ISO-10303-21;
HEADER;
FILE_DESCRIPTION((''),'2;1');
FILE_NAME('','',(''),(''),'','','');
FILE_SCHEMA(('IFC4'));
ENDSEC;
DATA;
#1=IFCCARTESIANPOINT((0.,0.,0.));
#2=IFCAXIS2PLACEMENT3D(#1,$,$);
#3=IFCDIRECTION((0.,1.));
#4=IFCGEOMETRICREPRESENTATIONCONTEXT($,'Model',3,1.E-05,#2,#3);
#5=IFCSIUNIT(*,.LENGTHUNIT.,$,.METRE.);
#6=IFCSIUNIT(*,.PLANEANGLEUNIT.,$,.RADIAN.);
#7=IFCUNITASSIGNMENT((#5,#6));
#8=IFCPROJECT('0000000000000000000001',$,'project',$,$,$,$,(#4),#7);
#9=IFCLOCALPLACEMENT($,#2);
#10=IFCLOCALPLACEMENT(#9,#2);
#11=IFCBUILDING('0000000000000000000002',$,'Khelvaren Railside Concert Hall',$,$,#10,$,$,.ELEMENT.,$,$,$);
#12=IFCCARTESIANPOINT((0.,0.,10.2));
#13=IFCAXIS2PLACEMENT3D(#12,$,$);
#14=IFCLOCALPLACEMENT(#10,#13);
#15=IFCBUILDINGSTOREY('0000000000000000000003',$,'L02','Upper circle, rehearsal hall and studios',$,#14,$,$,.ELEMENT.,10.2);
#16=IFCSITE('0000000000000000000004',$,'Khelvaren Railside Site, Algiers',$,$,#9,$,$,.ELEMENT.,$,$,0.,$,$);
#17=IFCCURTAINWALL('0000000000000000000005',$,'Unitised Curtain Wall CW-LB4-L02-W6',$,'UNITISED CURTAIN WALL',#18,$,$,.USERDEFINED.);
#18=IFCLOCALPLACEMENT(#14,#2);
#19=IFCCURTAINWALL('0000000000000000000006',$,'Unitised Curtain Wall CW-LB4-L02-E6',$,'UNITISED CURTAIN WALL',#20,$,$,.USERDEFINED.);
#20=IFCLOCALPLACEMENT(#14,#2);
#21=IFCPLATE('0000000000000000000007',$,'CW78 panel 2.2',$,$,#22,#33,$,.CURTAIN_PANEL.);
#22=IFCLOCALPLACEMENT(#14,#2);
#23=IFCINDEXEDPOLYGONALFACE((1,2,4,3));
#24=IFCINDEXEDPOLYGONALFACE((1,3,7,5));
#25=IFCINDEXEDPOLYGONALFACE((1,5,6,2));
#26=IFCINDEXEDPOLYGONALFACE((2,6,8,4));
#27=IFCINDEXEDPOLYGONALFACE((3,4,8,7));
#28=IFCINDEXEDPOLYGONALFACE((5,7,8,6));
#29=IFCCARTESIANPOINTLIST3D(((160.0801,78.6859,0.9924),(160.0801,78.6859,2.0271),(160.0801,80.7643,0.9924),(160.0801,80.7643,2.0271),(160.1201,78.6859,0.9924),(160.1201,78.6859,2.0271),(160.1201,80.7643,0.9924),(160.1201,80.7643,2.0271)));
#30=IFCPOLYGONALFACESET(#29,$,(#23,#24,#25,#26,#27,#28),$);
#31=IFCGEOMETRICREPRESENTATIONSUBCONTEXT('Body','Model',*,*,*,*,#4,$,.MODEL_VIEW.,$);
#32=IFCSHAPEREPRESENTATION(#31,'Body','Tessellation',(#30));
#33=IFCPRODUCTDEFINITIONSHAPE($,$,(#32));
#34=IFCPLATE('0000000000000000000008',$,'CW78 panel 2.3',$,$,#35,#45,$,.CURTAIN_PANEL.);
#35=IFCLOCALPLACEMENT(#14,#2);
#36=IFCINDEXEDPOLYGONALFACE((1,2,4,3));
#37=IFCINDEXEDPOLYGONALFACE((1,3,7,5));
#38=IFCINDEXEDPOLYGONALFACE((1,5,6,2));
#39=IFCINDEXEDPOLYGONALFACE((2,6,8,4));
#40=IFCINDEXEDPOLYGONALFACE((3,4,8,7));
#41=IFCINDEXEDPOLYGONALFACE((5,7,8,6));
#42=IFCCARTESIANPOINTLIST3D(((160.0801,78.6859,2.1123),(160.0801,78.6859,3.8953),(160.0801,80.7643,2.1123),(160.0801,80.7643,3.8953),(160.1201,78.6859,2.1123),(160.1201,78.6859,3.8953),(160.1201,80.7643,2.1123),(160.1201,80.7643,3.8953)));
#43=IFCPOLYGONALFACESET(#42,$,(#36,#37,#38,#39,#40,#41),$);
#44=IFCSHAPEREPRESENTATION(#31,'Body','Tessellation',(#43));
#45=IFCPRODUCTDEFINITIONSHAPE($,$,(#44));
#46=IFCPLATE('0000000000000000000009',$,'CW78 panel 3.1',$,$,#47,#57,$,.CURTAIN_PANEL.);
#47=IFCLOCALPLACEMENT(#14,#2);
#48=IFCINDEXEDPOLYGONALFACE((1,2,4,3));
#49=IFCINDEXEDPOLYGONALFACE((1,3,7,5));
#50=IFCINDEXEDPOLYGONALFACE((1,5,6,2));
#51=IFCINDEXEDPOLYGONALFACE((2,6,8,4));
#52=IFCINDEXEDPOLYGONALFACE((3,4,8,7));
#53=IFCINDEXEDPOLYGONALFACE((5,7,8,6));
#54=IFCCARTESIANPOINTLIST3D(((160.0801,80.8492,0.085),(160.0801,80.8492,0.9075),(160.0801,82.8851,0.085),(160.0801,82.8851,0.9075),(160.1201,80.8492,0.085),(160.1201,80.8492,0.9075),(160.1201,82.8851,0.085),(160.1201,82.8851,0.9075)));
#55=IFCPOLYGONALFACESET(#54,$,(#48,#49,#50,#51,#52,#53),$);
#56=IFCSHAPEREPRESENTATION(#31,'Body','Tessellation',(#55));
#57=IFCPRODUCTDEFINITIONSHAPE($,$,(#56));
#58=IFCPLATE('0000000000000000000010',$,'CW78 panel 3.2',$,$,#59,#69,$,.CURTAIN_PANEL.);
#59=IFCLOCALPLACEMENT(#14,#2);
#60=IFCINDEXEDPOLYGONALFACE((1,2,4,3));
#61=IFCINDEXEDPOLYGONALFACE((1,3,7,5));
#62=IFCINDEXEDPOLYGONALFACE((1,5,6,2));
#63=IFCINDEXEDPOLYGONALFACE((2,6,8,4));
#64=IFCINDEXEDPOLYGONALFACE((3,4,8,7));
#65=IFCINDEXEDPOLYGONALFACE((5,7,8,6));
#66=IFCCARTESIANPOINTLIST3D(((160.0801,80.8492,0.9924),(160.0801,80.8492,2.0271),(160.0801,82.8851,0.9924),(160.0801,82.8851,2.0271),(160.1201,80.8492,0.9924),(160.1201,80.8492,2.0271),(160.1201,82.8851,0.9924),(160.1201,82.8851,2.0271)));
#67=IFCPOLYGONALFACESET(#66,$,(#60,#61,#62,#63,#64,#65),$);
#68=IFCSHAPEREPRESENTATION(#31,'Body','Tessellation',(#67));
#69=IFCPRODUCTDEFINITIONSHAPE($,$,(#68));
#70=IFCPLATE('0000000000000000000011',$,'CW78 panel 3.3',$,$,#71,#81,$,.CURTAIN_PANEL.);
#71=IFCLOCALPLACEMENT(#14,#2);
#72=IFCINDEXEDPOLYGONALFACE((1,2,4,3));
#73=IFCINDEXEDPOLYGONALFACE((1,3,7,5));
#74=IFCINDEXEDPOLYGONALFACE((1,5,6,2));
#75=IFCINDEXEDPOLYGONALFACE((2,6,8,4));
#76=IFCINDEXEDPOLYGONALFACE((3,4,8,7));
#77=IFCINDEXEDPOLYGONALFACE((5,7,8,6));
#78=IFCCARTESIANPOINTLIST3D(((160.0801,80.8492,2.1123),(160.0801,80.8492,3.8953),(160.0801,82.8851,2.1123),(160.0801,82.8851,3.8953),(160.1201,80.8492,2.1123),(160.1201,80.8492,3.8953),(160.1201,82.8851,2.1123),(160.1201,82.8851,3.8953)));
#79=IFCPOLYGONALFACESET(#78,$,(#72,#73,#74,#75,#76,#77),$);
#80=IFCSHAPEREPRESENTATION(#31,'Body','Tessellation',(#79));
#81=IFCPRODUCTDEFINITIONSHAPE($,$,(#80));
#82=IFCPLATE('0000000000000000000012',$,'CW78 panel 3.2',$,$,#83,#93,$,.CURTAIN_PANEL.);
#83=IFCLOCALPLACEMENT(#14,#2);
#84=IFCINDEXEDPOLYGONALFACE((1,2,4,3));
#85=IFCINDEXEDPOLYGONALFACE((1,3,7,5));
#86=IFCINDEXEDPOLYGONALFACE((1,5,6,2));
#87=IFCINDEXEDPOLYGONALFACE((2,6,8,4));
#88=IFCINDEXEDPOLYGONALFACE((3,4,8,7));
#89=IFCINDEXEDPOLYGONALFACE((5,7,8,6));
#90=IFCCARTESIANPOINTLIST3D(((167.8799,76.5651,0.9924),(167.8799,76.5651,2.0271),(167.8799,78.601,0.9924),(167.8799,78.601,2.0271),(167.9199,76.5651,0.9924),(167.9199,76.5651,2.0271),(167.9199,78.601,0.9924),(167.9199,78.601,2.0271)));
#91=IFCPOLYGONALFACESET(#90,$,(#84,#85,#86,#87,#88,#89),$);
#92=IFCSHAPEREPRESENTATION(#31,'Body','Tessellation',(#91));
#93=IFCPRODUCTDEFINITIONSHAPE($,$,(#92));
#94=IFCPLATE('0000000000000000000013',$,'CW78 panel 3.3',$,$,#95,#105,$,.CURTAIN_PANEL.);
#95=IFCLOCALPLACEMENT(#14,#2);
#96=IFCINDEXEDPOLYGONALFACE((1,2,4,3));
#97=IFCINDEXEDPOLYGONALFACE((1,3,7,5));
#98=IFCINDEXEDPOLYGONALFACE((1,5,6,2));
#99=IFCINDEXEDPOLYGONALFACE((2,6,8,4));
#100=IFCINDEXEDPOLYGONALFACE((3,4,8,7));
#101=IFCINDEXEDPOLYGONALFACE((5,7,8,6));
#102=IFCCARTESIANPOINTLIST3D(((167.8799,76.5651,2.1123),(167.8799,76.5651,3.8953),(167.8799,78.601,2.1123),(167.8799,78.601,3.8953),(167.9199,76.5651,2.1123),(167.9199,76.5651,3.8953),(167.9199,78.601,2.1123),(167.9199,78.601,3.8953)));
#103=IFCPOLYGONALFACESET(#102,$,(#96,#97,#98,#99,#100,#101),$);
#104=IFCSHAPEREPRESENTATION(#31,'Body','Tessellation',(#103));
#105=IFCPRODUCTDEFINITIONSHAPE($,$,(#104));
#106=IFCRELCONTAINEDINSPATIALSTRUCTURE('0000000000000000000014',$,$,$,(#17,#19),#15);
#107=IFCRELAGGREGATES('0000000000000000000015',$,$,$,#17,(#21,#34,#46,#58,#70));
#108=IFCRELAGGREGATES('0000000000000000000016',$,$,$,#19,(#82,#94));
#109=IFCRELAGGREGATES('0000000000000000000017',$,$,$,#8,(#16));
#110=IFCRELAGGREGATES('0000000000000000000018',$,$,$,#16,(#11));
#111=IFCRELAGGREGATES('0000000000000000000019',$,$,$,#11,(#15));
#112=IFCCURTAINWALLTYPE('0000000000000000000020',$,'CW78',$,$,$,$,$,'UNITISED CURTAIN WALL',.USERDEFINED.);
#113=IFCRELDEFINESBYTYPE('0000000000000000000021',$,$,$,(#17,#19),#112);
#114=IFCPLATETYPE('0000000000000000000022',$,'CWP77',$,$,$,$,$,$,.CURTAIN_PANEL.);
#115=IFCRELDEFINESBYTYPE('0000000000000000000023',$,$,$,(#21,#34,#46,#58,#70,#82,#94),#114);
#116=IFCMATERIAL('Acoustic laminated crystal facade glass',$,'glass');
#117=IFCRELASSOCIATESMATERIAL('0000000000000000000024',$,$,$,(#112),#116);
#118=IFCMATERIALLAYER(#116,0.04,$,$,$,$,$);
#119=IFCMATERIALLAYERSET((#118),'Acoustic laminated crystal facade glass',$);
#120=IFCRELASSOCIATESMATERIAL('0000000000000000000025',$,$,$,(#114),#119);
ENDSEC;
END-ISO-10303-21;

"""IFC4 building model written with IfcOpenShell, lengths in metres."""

from ifc_helpers import new_model, si_unit, direction, frame, origin, origin_2d, place, context, subcontext, project, spatial, rectangle, extrude, material, layer, layer_set, type_object, element, aggregate, save


model = new_model("IFC4")

# Units and contexts
model_context = context("Model", 3, precision=1e-05, world=origin(), true_north=direction((0.0, 1.0)))
body_context = subcontext(model_context, "Body", "Model", "MODEL_VIEW")
ifc_project = project(units=[si_unit("LENGTHUNIT", "METRE"), si_unit("PLANEANGLEUNIT", "RADIAN")], contexts=[model_context])

# Site, building, storey
site_placement = place(None, origin())
site = spatial("IfcSite", under=ifc_project, at=site_placement, Name="Khelvaren Railside Site, Algiers", CompositionType="ELEMENT", RefElevation=0.0)
building_placement = place(site_placement, origin())
building = spatial("IfcBuilding", under=site, at=building_placement, Name="Khelvaren Railside Concert Hall", CompositionType="ELEMENT")
storey_placement = place(building_placement, frame((0.0, 0.0, 10.2)))
storey = spatial("IfcBuildingStorey", under=building, at=storey_placement, Name="L02", Description="Upper circle, rehearsal hall and studios", CompositionType="ELEMENT", Elevation=10.2)

# Curtain walls
ifc_material_1 = material(Name="Acoustic laminated crystal facade glass", Category="glass")
curtain_wall_type = type_object("IfcCurtainWallType", Name="CW78", ElementType="UNITISED CURTAIN WALL", PredefinedType="USERDEFINED", material=ifc_material_1)
curtain_wall_1_placement = place(storey_placement, origin())
curtain_wall_1 = element("IfcCurtainWall", 1, at=curtain_wall_1_placement, inside=storey, type_object=curtain_wall_type, Name="Unitised Curtain Wall CW-LB4-L02-W6", ObjectType="UNITISED CURTAIN WALL", PredefinedType="USERDEFINED")
curtain_wall_2_placement = place(storey_placement, origin())
curtain_wall_2 = element("IfcCurtainWall", 2, at=curtain_wall_2_placement, inside=storey, type_object=curtain_wall_type, Name="Unitised Curtain Wall CW-LB4-L02-E6", ObjectType="UNITISED CURTAIN WALL", PredefinedType="USERDEFINED")

# Plates
ifc_layer = layer(ifc_material_1, 0.04)
ifc_layer_set = layer_set([ifc_layer], Name="Acoustic laminated crystal facade glass")
plate_type = type_object("IfcPlateType", Name="CWP77", PredefinedType="CURTAIN_PANEL", material=ifc_layer_set)
plate_1_placement = place(storey_placement, frame((160.1001, 79.7251, 0.9924), z_axis=(0.0, 0.0, 1.0), x_axis=(0.0, 1.0, 0.0)))
plate_1 = element("IfcPlate", 3, at=plate_1_placement, type_object=plate_type, Name="CW78 panel 2.2", PredefinedType="CURTAIN_PANEL", context=body_context, shape_type="SweptSolid", body=[
    extrude(rectangle(XDim=2.0784, YDim=0.04, at=origin_2d()), origin(), (0.0, 0.0, 1.0), 1.0347),
])
plate_2_placement = place(storey_placement, frame((160.1001, 79.7251, 2.1123), z_axis=(0.0, 0.0, 1.0), x_axis=(0.0, 1.0, 0.0)))
plate_2 = element("IfcPlate", 4, at=plate_2_placement, type_object=plate_type, Name="CW78 panel 2.3", PredefinedType="CURTAIN_PANEL", context=body_context, shape_type="SweptSolid", body=[
    extrude(rectangle(XDim=2.0784, YDim=0.04, at=origin_2d()), origin(), (0.0, 0.0, 1.0), 1.783),
])
plate_3_placement = place(storey_placement, frame((160.1001, 81.8672, 0.085), z_axis=(0.0, 0.0, 1.0), x_axis=(0.0, 1.0, 0.0)))
plate_3 = element("IfcPlate", 5, at=plate_3_placement, type_object=plate_type, Name="CW78 panel 3.1", PredefinedType="CURTAIN_PANEL", context=body_context, shape_type="SweptSolid", body=[
    extrude(rectangle(XDim=2.0359, YDim=0.04, at=origin_2d()), origin(), (0.0, 0.0, 1.0), 0.8225),
])
plate_4_placement = place(storey_placement, frame((160.1001, 81.8672, 0.9924), z_axis=(0.0, 0.0, 1.0), x_axis=(0.0, 1.0, 0.0)))
plate_4 = element("IfcPlate", 6, at=plate_4_placement, type_object=plate_type, Name="CW78 panel 3.2", PredefinedType="CURTAIN_PANEL", context=body_context, shape_type="SweptSolid", body=[
    extrude(rectangle(XDim=2.0359, YDim=0.04, at=origin_2d()), origin(), (0.0, 0.0, 1.0), 1.0347),
])
plate_5_placement = place(storey_placement, frame((160.1001, 81.8672, 2.1123), z_axis=(0.0, 0.0, 1.0), x_axis=(0.0, 1.0, 0.0)))
plate_5 = element("IfcPlate", 7, at=plate_5_placement, type_object=plate_type, Name="CW78 panel 3.3", PredefinedType="CURTAIN_PANEL", context=body_context, shape_type="SweptSolid", body=[
    extrude(rectangle(XDim=2.0359, YDim=0.04, at=origin_2d()), origin(), (0.0, 0.0, 1.0), 1.783),
])
aggregate(curtain_wall_1, [plate_1, plate_2, plate_3, plate_4, plate_5])
plate_6_placement = place(storey_placement, frame((167.8999, 77.583, 0.9924), z_axis=(0.0, 0.0, 1.0), x_axis=(0.0, -1.0, 0.0)))
plate_6 = element("IfcPlate", 8, at=plate_6_placement, type_object=plate_type, Name="CW78 panel 3.2", PredefinedType="CURTAIN_PANEL", context=body_context, shape_type="SweptSolid", body=[
    extrude(rectangle(XDim=2.0359, YDim=0.04, at=origin_2d()), origin(), (0.0, 0.0, 1.0), 1.0347),
])
plate_7_placement = place(storey_placement, frame((167.8999, 77.583, 2.1123), z_axis=(0.0, 0.0, 1.0), x_axis=(0.0, -1.0, 0.0)))
plate_7 = element("IfcPlate", 9, at=plate_7_placement, type_object=plate_type, Name="CW78 panel 3.3", PredefinedType="CURTAIN_PANEL", context=body_context, shape_type="SweptSolid", body=[
    extrude(rectangle(XDim=2.0359, YDim=0.04, at=origin_2d()), origin(), (0.0, 0.0, 1.0), 1.783),
])
aggregate(curtain_wall_2, [plate_6, plate_7])

save(model, "model.ifc")
